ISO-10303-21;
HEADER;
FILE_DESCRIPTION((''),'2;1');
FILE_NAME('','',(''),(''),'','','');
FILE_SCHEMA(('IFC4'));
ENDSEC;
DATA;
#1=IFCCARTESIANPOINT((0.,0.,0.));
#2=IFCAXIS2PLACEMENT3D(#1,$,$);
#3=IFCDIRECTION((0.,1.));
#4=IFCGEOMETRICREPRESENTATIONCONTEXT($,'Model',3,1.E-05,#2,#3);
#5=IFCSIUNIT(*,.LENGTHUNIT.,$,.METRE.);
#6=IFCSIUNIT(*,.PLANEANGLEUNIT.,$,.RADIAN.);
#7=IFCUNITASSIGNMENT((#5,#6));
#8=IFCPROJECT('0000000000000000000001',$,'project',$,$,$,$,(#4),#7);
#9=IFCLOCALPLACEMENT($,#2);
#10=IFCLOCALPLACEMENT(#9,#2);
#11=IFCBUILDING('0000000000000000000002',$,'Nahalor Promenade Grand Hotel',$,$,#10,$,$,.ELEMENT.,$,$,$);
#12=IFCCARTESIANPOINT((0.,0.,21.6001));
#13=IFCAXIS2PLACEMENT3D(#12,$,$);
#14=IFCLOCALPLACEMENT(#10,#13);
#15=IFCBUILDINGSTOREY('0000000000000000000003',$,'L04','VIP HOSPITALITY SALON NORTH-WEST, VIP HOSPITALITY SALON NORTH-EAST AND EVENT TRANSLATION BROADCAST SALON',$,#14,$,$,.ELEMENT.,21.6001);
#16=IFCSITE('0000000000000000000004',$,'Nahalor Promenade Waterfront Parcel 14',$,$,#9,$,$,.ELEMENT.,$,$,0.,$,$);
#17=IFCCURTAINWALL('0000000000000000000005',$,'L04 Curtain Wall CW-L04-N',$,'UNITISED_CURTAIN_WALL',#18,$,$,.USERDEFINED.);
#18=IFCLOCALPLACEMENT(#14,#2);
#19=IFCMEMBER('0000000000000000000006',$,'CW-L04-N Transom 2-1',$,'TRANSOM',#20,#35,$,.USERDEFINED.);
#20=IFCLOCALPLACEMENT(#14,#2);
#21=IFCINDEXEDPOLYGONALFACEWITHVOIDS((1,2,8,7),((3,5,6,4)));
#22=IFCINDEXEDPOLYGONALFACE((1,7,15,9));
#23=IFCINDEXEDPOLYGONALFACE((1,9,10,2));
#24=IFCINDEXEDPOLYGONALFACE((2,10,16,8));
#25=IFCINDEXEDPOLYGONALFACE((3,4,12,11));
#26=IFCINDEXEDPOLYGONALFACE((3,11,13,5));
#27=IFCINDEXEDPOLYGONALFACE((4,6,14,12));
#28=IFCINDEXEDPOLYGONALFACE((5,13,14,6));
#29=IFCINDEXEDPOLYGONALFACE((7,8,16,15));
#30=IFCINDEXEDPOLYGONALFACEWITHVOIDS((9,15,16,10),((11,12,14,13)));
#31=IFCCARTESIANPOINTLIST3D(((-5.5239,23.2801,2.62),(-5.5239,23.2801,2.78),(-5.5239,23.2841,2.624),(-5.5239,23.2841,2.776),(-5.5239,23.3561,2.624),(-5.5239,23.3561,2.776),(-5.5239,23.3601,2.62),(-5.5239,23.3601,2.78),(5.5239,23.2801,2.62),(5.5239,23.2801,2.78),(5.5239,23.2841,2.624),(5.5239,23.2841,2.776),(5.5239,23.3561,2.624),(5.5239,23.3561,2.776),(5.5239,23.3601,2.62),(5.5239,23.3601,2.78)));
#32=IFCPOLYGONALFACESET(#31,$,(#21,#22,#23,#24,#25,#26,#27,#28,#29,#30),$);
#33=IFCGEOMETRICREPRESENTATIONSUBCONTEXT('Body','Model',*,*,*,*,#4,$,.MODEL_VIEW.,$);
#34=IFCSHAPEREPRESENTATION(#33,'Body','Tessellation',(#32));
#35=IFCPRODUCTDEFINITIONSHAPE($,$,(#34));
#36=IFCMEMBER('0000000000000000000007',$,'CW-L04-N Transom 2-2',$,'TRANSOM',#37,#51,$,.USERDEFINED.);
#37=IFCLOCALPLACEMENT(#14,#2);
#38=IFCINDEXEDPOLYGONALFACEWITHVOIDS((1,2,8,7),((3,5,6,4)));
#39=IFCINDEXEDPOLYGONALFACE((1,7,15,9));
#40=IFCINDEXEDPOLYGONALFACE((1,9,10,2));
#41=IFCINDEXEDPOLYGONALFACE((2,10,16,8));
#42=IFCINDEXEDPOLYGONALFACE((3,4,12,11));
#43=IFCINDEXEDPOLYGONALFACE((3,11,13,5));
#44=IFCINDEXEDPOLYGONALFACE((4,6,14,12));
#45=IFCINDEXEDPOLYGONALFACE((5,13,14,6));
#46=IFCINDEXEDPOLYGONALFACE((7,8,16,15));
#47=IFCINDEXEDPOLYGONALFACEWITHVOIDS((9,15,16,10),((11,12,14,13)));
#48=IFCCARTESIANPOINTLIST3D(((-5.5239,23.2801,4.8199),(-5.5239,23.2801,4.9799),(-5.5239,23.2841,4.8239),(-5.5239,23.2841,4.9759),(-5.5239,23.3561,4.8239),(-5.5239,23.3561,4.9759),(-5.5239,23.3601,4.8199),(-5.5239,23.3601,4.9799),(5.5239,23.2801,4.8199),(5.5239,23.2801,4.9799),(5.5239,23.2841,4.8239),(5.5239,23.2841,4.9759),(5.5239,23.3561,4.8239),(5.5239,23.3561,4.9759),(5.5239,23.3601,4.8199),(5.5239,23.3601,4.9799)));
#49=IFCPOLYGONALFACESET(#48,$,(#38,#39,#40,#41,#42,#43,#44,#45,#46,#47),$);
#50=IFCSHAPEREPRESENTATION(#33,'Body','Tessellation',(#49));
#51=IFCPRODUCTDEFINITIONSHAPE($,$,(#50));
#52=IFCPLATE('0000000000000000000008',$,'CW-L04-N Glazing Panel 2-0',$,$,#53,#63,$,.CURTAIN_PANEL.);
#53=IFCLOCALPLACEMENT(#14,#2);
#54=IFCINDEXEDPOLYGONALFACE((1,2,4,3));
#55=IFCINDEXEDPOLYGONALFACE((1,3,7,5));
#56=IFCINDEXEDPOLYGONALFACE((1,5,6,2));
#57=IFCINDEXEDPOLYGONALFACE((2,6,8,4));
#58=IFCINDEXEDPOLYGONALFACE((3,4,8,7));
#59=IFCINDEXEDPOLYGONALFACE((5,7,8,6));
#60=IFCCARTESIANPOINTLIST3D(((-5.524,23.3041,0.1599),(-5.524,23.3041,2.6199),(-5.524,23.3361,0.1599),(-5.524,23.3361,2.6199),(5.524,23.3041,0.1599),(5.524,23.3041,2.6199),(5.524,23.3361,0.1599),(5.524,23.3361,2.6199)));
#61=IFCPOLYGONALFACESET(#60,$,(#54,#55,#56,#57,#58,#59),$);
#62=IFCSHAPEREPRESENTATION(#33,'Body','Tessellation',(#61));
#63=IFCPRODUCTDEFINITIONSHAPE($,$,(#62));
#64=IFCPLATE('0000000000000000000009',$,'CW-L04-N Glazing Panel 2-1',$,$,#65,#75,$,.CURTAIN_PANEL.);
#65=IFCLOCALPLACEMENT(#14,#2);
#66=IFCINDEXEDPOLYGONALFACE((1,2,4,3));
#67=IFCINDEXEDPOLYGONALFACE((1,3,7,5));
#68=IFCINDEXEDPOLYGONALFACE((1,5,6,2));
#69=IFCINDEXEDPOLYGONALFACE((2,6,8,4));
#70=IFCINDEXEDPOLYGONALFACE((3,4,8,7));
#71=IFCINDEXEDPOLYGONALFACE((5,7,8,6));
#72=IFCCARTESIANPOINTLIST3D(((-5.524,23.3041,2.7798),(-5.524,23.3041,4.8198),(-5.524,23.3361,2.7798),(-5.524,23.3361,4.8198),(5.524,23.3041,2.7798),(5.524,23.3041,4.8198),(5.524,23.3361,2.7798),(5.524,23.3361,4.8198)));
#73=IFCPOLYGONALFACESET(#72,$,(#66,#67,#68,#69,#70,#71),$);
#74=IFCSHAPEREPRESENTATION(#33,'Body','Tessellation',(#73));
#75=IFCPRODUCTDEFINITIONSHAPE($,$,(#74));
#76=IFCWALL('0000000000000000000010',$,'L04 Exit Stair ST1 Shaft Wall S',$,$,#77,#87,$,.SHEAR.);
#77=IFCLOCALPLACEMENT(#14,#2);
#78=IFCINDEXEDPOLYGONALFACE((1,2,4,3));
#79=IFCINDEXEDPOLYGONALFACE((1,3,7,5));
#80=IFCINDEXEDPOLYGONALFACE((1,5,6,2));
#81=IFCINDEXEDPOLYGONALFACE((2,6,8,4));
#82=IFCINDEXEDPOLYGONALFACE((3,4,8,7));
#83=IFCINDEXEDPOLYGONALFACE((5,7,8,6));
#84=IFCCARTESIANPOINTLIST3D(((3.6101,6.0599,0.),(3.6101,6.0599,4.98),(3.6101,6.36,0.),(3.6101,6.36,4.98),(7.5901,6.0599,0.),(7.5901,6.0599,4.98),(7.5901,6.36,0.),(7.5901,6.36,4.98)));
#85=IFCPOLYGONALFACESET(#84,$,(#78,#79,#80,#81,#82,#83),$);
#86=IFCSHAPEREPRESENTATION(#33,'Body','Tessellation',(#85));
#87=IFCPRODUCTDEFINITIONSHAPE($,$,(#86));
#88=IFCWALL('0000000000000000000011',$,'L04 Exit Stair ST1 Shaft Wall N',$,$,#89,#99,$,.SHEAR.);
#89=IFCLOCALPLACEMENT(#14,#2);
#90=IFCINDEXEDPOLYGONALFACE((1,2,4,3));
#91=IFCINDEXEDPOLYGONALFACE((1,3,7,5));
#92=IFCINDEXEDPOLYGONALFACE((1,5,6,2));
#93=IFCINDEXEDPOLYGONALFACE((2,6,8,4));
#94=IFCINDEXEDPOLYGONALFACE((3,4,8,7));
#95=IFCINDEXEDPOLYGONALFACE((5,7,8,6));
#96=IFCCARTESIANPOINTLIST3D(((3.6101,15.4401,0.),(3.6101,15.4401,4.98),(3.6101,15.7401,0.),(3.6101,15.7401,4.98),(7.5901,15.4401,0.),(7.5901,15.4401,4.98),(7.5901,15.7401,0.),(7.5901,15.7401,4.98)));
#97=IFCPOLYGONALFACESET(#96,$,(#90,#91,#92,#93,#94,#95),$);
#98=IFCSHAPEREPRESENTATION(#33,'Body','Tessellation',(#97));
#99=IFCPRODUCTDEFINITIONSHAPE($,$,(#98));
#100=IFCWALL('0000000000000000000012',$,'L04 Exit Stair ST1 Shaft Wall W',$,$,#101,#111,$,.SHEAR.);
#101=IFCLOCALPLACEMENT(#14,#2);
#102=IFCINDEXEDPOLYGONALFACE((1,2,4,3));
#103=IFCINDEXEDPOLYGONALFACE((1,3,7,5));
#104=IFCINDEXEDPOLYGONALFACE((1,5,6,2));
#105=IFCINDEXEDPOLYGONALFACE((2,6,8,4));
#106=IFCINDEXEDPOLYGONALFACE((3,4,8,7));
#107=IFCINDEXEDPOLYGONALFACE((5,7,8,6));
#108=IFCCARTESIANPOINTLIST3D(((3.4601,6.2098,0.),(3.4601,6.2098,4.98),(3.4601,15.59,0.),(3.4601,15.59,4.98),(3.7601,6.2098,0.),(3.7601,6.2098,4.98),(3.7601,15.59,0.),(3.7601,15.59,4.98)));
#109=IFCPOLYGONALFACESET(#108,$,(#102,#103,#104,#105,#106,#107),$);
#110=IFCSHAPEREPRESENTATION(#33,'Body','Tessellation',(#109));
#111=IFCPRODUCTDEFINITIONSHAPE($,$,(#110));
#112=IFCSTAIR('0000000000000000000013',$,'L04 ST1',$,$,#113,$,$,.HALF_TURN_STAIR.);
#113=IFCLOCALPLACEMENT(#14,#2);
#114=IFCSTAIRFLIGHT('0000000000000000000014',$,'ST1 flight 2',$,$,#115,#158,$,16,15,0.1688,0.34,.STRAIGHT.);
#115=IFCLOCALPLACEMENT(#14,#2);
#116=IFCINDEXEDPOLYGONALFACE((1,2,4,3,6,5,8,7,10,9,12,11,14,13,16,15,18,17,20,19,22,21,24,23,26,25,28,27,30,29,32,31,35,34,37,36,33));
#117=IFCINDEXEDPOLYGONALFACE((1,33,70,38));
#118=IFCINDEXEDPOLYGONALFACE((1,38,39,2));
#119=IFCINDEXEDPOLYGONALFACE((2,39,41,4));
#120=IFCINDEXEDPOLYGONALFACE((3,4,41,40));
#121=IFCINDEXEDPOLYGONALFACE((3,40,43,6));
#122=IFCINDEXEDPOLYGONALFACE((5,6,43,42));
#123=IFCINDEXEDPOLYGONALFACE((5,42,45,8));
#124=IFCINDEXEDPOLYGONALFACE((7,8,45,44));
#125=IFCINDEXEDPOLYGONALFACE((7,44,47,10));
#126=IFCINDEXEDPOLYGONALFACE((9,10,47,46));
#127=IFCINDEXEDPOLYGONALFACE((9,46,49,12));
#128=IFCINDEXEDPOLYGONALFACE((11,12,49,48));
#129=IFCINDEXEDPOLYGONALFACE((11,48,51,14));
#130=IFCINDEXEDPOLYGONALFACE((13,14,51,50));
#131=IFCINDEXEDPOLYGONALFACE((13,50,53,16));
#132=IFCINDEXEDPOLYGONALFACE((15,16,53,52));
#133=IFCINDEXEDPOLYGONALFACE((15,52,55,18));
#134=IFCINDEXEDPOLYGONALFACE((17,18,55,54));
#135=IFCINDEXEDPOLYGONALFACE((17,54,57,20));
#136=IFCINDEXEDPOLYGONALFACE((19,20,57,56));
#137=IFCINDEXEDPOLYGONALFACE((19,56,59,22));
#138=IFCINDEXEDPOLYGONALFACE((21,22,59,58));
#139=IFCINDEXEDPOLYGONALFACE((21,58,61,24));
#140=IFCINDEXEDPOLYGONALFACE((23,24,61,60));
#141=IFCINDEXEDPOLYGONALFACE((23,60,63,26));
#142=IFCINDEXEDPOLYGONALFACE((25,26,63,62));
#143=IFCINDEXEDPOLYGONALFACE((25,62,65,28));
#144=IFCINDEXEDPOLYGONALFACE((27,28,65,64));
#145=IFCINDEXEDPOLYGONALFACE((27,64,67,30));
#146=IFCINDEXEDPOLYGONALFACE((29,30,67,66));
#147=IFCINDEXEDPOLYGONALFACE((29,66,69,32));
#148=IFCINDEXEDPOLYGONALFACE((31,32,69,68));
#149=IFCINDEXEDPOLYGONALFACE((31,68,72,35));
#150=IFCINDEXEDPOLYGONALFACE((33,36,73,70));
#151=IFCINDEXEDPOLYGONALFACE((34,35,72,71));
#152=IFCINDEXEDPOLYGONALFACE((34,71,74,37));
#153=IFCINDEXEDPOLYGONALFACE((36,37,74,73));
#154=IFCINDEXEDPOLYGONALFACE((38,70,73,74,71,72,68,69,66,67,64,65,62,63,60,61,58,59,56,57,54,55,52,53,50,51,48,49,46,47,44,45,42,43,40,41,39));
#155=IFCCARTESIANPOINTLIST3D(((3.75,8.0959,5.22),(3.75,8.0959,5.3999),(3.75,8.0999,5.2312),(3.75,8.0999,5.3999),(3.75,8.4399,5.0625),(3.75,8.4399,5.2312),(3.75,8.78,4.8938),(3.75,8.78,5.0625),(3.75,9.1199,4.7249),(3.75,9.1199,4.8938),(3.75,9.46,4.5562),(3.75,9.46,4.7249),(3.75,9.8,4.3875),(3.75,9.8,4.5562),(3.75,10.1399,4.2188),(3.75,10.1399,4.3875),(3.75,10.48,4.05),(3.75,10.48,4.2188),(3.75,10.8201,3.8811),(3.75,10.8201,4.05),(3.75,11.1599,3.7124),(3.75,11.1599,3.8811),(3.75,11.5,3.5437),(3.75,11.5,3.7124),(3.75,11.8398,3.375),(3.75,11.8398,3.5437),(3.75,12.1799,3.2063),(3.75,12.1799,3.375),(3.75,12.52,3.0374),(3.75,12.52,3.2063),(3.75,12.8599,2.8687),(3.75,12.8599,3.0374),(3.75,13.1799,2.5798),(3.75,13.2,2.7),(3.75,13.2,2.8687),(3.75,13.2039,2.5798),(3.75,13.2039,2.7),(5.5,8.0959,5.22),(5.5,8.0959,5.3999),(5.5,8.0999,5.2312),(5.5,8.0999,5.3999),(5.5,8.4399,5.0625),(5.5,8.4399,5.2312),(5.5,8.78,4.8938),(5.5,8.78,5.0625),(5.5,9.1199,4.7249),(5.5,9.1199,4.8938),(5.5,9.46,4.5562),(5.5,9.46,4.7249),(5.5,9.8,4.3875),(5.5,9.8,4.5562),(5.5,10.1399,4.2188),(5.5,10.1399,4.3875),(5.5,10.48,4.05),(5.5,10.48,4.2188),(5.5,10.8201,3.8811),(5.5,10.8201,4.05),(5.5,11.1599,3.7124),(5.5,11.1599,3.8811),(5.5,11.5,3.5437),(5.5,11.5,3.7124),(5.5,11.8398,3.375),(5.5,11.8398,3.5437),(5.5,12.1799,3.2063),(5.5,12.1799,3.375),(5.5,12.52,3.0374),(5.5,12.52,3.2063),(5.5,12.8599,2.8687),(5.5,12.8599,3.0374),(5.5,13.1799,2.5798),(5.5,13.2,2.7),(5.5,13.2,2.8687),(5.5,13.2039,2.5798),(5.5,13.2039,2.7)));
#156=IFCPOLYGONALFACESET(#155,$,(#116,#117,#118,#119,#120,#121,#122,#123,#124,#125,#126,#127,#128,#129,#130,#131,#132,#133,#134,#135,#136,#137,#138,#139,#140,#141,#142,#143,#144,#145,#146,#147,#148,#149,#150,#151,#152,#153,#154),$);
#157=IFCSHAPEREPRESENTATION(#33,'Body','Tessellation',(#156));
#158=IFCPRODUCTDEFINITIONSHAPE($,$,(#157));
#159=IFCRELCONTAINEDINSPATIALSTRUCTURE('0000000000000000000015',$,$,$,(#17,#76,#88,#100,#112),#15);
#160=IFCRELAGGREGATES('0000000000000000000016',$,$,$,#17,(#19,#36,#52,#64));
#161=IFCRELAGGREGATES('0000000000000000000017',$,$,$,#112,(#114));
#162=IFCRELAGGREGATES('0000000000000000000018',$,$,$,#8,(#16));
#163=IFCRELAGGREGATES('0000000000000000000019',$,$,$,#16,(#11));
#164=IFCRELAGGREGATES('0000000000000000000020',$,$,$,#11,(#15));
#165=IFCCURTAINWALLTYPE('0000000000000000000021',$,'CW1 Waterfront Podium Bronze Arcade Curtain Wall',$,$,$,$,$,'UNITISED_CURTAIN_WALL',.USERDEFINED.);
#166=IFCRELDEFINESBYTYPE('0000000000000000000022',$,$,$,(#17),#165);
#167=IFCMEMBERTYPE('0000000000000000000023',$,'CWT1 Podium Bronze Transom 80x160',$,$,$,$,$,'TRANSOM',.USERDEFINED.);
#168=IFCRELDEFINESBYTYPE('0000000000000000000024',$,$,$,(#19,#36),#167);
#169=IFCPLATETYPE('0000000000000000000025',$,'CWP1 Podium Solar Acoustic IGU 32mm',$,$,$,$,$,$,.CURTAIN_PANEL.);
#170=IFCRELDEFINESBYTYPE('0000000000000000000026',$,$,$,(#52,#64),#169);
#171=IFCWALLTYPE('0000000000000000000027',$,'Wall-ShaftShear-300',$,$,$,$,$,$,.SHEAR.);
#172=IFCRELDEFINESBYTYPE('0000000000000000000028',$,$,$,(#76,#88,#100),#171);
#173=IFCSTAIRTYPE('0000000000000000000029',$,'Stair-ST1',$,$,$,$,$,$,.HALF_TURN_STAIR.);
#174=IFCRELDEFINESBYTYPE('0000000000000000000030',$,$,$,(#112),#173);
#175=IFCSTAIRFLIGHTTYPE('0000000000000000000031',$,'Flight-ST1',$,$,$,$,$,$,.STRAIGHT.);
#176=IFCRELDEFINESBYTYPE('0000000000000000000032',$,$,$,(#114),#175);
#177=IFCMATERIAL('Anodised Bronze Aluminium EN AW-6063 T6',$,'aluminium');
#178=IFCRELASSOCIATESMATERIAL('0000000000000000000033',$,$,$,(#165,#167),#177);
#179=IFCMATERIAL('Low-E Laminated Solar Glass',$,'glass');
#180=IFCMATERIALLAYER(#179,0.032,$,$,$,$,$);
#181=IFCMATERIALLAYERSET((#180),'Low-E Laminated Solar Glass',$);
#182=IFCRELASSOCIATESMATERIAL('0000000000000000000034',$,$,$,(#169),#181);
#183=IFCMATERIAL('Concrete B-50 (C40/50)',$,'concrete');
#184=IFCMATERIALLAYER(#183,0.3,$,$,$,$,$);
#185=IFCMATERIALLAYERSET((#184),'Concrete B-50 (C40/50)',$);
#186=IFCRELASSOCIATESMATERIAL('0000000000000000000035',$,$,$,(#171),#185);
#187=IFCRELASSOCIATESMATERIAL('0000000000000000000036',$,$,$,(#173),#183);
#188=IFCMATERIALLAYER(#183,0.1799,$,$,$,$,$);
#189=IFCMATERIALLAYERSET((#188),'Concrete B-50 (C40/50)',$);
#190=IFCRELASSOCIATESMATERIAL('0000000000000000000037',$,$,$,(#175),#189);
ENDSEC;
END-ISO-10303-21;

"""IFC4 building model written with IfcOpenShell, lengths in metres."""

from ifc_helpers import new_model, si_unit, direction, frame, frame_2d, origin, origin_2d, place, context, subcontext, project, spatial, polyline, rectangle, hollow_rectangle, outline, extrude, source, transform, mapped, material, layer, layer_set, material_profile, profile_set, type_object, element, aggregate, save


model = new_model("IFC4")

# Units and contexts
model_context = context("Model", 3, precision=1e-05, world=origin(), true_north=direction((0.0, 1.0)))
body_context = subcontext(model_context, "Body", "Model", "MODEL_VIEW")
ifc_project = project(units=[si_unit("LENGTHUNIT", "METRE"), si_unit("PLANEANGLEUNIT", "RADIAN")], contexts=[model_context])

# Site, building, storey
site_placement = place(None, origin())
site = spatial("IfcSite", under=ifc_project, at=site_placement, Name="Nahalor Promenade Waterfront Parcel 14", CompositionType="ELEMENT", RefElevation=0.0)
building_placement = place(site_placement, origin())
building = spatial("IfcBuilding", under=site, at=building_placement, Name="Nahalor Promenade Grand Hotel", CompositionType="ELEMENT")
storey_placement = place(building_placement, frame((0.0, 0.0, 21.6001)))
storey = spatial("IfcBuildingStorey", under=building, at=storey_placement, Name="L04", Description="VIP HOSPITALITY SALON NORTH-WEST, VIP HOSPITALITY SALON NORTH-EAST AND EVENT TRANSLATION BROADCAST SALON", CompositionType="ELEMENT", Elevation=21.6001)

# Curtain wall, members, plates
ifc_material_1 = material(Name="Anodised Bronze Aluminium EN AW-6063 T6", Category="aluminium")
curtain_wall_type = type_object("IfcCurtainWallType", Name="CW1 Waterfront Podium Bronze Arcade Curtain Wall", ElementType="UNITISED_CURTAIN_WALL", PredefinedType="USERDEFINED", material=ifc_material_1)
curtain_wall_placement = place(storey_placement, origin())
curtain_wall = element("IfcCurtainWall", 1, at=curtain_wall_placement, inside=storey, type_object=curtain_wall_type, Name="L04 Curtain Wall CW-L04-N", ObjectType="UNITISED_CURTAIN_WALL", PredefinedType="USERDEFINED")
ifc_material_profile_1 = material_profile(ifc_material_1, hollow_rectangle(XDim=0.08, YDim=0.16, WallThickness=0.004, at=origin_2d()), Name="CWT 80x160x4")
ifc_profile_set_1 = profile_set([ifc_material_profile_1], Name="Anodised Bronze Aluminium EN AW-6063 T6")
member_type_1 = type_object("IfcMemberType", Name="CWT1 Podium Bronze Transom 80x160", ElementType="TRANSOM", PredefinedType="USERDEFINED", material=ifc_profile_set_1)
shared_shape_1 = source(origin(), body_context, "Body", "SweptSolid", [
    extrude(hollow_rectangle(XDim=0.08, YDim=0.16, WallThickness=0.004, at=origin_2d()), origin(), (0.0, 0.0, 1.0), 11.0479),
])
member_1_placement = place(storey_placement, frame((-5.5239, 23.3201, 2.7), z_axis=(1.0, 0.0, 0.0), x_axis=(0.0, 1.0, 0.0)))
member_1 = element("IfcMember", 2, at=member_1_placement, type_object=member_type_1, Name="CW-L04-N Transom 2-1", ObjectType="TRANSOM", PredefinedType="USERDEFINED", context=body_context, shape_type="MappedRepresentation", body=[
    mapped(shared_shape_1, transform((0.0, 0.0, 0.0), scale=1.0)),
])
member_2_placement = place(storey_placement, frame((-5.5239, 23.3201, 4.8999), z_axis=(1.0, 0.0, 0.0), x_axis=(0.0, 1.0, 0.0)))
member_2 = element("IfcMember", 3, at=member_2_placement, type_object=member_type_1, Name="CW-L04-N Transom 2-2", ObjectType="TRANSOM", PredefinedType="USERDEFINED", context=body_context, shape_type="MappedRepresentation", body=[
    mapped(shared_shape_1, transform((0.0, 0.0, 0.0), scale=1.0)),
])
ifc_material_2 = material(Name="Low-E Laminated Solar Glass", Category="glass")
ifc_layer_1 = layer(ifc_material_2, 0.032)
ifc_layer_set_1 = layer_set([ifc_layer_1], Name="Low-E Laminated Solar Glass")
plate_type = type_object("IfcPlateType", Name="CWP1 Podium Solar Acoustic IGU 32mm", PredefinedType="CURTAIN_PANEL", material=ifc_layer_set_1)
shared_shape_2 = source(origin(), body_context, "Body", "SweptSolid", [
    extrude(rectangle(XDim=11.0481, YDim=0.032, at=origin_2d()), origin(), (0.0, 0.0, 1.0), 2.46),
])
plate_1_placement = place(storey_placement, frame((0.0, 23.3201, 0.1599), z_axis=(0.0, 0.0, 1.0), x_axis=(1.0, 0.0, 0.0)))
plate_1 = element("IfcPlate", 4, at=plate_1_placement, type_object=plate_type, Name="CW-L04-N Glazing Panel 2-0", PredefinedType="CURTAIN_PANEL", context=body_context, shape_type="MappedRepresentation", body=[
    mapped(shared_shape_2, transform((0.0, 0.0, 0.0), scale=1.0)),
])
shared_shape_3 = source(origin(), body_context, "Body", "SweptSolid", [
    extrude(rectangle(XDim=11.0481, YDim=0.032, at=origin_2d()), origin(), (0.0, 0.0, 1.0), 2.04),
])
plate_2_placement = place(storey_placement, frame((0.0, 23.3201, 2.7798), z_axis=(0.0, 0.0, 1.0), x_axis=(1.0, 0.0, 0.0)))
plate_2 = element("IfcPlate", 5, at=plate_2_placement, type_object=plate_type, Name="CW-L04-N Glazing Panel 2-1", PredefinedType="CURTAIN_PANEL", context=body_context, shape_type="MappedRepresentation", body=[
    mapped(shared_shape_3, transform((0.0, 0.0, 0.0), scale=1.0)),
])
aggregate(curtain_wall, [member_1, member_2, plate_1, plate_2])

# Walls
ifc_material_3 = material(Name="Concrete B-50 (C40/50)", Category="concrete")
ifc_layer_2 = layer(ifc_material_3, 0.3)
ifc_layer_set_2 = layer_set([ifc_layer_2], Name="Concrete B-50 (C40/50)")
wall_type = type_object("IfcWallType", Name="Wall-ShaftShear-300", PredefinedType="SHEAR", material=ifc_layer_set_2)
shared_shape_4 = source(origin(), body_context, "Body", "SweptSolid", [
    extrude(rectangle(XDim=3.98, YDim=0.3, at=frame_2d((1.99, 0.0))), origin(), (0.0, 0.0, 1.0), 4.98),
])
for number, where, z_axis, x_axis, name in (
    (6, (3.6101, 6.21, 0.0), (0.0, 0.0, 1.0), (1.0, 0.0, 0.0), "L04 Exit Stair ST1 Shaft Wall S"),
    (7, (3.6101, 15.5901, 0.0), (0.0, 0.0, 1.0), (1.0, 0.0, 0.0), "L04 Exit Stair ST1 Shaft Wall N"),
):
    element("IfcWall", number, at=place(storey_placement, frame(where, z_axis=z_axis, x_axis=x_axis)), inside=storey, type_object=wall_type, Name=name, PredefinedType="SHEAR", context=body_context, shape_type="MappedRepresentation", body=[
        mapped(shared_shape_4, transform((0.0, 0.0, 0.0), scale=1.0)),
    ])
shared_shape_5 = source(origin(), body_context, "Body", "SweptSolid", [
    extrude(rectangle(XDim=9.3801, YDim=0.3, at=frame_2d((4.6899, 0.0))), origin(), (0.0, 0.0, 1.0), 4.98),
])
wall_placement = place(storey_placement, frame((3.6101, 6.21, 0.0), z_axis=(0.0, 0.0, 1.0), x_axis=(0.0, 1.0, 0.0)))
element("IfcWall", 8, at=wall_placement, inside=storey, type_object=wall_type, Name="L04 Exit Stair ST1 Shaft Wall W", PredefinedType="SHEAR", context=body_context, shape_type="MappedRepresentation", body=[
    mapped(shared_shape_5, transform((0.0, 0.0, 0.0), scale=1.0)),
])

# Stair, stair flight
stair_type = type_object("IfcStairType", Name="Stair-ST1", PredefinedType="HALF_TURN_STAIR", material=ifc_material_3)
stair_placement = place(storey_placement, origin())
stair = element("IfcStair", 9, at=stair_placement, inside=storey, type_object=stair_type, Name="L04 ST1", PredefinedType="HALF_TURN_STAIR")
ifc_layer_3 = layer(ifc_material_3, 0.1799)
ifc_layer_set_3 = layer_set([ifc_layer_3], Name="Concrete B-50 (C40/50)")
stair_flight_type = type_object("IfcStairFlightType", Name="Flight-ST1", PredefinedType="STRAIGHT", material=ifc_layer_set_3)
shared_shape_6 = source(origin(), body_context, "Body", "SweptSolid", [
    extrude(outline(polyline([(-0.0039, -0.1201), (-0.0039, 0.0), (0.0, 0.0), (0.0, 0.1687), (0.3401, 0.1687), (0.3401, 0.3374), (0.6799, 0.3374), (0.6799, 0.5063), (1.02, 0.5063), (1.02, 0.675), (1.3601, 0.675), (1.3601, 0.8438), (1.7, 0.8438), (1.7, 1.0125), (2.04, 1.0125), (2.04, 1.1812), (2.3799, 1.1812), (2.3799, 1.3501), (2.72, 1.3501), (2.72, 1.5188), (3.0601, 1.5188), (3.0601, 1.6875), (3.3999, 1.6875), (3.3999, 1.8562), (3.74, 1.8562), (3.74, 2.0249), (4.0801, 2.0249), (4.0801, 2.1938), (4.4199, 2.1938), (4.4199, 2.3625), (4.76, 2.3625), (4.76, 2.5312), (5.1001, 2.5312), (5.1001, 2.7), (5.104, 2.7), (5.104, 2.52), (0.02, -0.1201), (-0.0039, -0.1201)])), frame((0.0, 0.875, 0.0), z_axis=(0.0, -1.0, 0.0), x_axis=(1.0, 0.0, 0.0)), (0.0, 0.0, 1.0), 1.75),
])
stair_flight_placement = place(storey_placement, frame((4.625, 13.2, 2.7), z_axis=(0.0, 0.0, 1.0), x_axis=(0.0, -1.0, 0.0)))
stair_flight = element("IfcStairFlight", 10, at=stair_flight_placement, type_object=stair_flight_type, Name="ST1 flight 2", NumberOfRisers=16, NumberOfTreads=15, PredefinedType="STRAIGHT", RiserHeight=0.1688, TreadLength=0.34, context=body_context, shape_type="MappedRepresentation", body=[
    mapped(shared_shape_6, transform((0.0, 0.0, 0.0), scale=1.0)),
])
aggregate(stair, [stair_flight])

save(model, "model.ifc")
